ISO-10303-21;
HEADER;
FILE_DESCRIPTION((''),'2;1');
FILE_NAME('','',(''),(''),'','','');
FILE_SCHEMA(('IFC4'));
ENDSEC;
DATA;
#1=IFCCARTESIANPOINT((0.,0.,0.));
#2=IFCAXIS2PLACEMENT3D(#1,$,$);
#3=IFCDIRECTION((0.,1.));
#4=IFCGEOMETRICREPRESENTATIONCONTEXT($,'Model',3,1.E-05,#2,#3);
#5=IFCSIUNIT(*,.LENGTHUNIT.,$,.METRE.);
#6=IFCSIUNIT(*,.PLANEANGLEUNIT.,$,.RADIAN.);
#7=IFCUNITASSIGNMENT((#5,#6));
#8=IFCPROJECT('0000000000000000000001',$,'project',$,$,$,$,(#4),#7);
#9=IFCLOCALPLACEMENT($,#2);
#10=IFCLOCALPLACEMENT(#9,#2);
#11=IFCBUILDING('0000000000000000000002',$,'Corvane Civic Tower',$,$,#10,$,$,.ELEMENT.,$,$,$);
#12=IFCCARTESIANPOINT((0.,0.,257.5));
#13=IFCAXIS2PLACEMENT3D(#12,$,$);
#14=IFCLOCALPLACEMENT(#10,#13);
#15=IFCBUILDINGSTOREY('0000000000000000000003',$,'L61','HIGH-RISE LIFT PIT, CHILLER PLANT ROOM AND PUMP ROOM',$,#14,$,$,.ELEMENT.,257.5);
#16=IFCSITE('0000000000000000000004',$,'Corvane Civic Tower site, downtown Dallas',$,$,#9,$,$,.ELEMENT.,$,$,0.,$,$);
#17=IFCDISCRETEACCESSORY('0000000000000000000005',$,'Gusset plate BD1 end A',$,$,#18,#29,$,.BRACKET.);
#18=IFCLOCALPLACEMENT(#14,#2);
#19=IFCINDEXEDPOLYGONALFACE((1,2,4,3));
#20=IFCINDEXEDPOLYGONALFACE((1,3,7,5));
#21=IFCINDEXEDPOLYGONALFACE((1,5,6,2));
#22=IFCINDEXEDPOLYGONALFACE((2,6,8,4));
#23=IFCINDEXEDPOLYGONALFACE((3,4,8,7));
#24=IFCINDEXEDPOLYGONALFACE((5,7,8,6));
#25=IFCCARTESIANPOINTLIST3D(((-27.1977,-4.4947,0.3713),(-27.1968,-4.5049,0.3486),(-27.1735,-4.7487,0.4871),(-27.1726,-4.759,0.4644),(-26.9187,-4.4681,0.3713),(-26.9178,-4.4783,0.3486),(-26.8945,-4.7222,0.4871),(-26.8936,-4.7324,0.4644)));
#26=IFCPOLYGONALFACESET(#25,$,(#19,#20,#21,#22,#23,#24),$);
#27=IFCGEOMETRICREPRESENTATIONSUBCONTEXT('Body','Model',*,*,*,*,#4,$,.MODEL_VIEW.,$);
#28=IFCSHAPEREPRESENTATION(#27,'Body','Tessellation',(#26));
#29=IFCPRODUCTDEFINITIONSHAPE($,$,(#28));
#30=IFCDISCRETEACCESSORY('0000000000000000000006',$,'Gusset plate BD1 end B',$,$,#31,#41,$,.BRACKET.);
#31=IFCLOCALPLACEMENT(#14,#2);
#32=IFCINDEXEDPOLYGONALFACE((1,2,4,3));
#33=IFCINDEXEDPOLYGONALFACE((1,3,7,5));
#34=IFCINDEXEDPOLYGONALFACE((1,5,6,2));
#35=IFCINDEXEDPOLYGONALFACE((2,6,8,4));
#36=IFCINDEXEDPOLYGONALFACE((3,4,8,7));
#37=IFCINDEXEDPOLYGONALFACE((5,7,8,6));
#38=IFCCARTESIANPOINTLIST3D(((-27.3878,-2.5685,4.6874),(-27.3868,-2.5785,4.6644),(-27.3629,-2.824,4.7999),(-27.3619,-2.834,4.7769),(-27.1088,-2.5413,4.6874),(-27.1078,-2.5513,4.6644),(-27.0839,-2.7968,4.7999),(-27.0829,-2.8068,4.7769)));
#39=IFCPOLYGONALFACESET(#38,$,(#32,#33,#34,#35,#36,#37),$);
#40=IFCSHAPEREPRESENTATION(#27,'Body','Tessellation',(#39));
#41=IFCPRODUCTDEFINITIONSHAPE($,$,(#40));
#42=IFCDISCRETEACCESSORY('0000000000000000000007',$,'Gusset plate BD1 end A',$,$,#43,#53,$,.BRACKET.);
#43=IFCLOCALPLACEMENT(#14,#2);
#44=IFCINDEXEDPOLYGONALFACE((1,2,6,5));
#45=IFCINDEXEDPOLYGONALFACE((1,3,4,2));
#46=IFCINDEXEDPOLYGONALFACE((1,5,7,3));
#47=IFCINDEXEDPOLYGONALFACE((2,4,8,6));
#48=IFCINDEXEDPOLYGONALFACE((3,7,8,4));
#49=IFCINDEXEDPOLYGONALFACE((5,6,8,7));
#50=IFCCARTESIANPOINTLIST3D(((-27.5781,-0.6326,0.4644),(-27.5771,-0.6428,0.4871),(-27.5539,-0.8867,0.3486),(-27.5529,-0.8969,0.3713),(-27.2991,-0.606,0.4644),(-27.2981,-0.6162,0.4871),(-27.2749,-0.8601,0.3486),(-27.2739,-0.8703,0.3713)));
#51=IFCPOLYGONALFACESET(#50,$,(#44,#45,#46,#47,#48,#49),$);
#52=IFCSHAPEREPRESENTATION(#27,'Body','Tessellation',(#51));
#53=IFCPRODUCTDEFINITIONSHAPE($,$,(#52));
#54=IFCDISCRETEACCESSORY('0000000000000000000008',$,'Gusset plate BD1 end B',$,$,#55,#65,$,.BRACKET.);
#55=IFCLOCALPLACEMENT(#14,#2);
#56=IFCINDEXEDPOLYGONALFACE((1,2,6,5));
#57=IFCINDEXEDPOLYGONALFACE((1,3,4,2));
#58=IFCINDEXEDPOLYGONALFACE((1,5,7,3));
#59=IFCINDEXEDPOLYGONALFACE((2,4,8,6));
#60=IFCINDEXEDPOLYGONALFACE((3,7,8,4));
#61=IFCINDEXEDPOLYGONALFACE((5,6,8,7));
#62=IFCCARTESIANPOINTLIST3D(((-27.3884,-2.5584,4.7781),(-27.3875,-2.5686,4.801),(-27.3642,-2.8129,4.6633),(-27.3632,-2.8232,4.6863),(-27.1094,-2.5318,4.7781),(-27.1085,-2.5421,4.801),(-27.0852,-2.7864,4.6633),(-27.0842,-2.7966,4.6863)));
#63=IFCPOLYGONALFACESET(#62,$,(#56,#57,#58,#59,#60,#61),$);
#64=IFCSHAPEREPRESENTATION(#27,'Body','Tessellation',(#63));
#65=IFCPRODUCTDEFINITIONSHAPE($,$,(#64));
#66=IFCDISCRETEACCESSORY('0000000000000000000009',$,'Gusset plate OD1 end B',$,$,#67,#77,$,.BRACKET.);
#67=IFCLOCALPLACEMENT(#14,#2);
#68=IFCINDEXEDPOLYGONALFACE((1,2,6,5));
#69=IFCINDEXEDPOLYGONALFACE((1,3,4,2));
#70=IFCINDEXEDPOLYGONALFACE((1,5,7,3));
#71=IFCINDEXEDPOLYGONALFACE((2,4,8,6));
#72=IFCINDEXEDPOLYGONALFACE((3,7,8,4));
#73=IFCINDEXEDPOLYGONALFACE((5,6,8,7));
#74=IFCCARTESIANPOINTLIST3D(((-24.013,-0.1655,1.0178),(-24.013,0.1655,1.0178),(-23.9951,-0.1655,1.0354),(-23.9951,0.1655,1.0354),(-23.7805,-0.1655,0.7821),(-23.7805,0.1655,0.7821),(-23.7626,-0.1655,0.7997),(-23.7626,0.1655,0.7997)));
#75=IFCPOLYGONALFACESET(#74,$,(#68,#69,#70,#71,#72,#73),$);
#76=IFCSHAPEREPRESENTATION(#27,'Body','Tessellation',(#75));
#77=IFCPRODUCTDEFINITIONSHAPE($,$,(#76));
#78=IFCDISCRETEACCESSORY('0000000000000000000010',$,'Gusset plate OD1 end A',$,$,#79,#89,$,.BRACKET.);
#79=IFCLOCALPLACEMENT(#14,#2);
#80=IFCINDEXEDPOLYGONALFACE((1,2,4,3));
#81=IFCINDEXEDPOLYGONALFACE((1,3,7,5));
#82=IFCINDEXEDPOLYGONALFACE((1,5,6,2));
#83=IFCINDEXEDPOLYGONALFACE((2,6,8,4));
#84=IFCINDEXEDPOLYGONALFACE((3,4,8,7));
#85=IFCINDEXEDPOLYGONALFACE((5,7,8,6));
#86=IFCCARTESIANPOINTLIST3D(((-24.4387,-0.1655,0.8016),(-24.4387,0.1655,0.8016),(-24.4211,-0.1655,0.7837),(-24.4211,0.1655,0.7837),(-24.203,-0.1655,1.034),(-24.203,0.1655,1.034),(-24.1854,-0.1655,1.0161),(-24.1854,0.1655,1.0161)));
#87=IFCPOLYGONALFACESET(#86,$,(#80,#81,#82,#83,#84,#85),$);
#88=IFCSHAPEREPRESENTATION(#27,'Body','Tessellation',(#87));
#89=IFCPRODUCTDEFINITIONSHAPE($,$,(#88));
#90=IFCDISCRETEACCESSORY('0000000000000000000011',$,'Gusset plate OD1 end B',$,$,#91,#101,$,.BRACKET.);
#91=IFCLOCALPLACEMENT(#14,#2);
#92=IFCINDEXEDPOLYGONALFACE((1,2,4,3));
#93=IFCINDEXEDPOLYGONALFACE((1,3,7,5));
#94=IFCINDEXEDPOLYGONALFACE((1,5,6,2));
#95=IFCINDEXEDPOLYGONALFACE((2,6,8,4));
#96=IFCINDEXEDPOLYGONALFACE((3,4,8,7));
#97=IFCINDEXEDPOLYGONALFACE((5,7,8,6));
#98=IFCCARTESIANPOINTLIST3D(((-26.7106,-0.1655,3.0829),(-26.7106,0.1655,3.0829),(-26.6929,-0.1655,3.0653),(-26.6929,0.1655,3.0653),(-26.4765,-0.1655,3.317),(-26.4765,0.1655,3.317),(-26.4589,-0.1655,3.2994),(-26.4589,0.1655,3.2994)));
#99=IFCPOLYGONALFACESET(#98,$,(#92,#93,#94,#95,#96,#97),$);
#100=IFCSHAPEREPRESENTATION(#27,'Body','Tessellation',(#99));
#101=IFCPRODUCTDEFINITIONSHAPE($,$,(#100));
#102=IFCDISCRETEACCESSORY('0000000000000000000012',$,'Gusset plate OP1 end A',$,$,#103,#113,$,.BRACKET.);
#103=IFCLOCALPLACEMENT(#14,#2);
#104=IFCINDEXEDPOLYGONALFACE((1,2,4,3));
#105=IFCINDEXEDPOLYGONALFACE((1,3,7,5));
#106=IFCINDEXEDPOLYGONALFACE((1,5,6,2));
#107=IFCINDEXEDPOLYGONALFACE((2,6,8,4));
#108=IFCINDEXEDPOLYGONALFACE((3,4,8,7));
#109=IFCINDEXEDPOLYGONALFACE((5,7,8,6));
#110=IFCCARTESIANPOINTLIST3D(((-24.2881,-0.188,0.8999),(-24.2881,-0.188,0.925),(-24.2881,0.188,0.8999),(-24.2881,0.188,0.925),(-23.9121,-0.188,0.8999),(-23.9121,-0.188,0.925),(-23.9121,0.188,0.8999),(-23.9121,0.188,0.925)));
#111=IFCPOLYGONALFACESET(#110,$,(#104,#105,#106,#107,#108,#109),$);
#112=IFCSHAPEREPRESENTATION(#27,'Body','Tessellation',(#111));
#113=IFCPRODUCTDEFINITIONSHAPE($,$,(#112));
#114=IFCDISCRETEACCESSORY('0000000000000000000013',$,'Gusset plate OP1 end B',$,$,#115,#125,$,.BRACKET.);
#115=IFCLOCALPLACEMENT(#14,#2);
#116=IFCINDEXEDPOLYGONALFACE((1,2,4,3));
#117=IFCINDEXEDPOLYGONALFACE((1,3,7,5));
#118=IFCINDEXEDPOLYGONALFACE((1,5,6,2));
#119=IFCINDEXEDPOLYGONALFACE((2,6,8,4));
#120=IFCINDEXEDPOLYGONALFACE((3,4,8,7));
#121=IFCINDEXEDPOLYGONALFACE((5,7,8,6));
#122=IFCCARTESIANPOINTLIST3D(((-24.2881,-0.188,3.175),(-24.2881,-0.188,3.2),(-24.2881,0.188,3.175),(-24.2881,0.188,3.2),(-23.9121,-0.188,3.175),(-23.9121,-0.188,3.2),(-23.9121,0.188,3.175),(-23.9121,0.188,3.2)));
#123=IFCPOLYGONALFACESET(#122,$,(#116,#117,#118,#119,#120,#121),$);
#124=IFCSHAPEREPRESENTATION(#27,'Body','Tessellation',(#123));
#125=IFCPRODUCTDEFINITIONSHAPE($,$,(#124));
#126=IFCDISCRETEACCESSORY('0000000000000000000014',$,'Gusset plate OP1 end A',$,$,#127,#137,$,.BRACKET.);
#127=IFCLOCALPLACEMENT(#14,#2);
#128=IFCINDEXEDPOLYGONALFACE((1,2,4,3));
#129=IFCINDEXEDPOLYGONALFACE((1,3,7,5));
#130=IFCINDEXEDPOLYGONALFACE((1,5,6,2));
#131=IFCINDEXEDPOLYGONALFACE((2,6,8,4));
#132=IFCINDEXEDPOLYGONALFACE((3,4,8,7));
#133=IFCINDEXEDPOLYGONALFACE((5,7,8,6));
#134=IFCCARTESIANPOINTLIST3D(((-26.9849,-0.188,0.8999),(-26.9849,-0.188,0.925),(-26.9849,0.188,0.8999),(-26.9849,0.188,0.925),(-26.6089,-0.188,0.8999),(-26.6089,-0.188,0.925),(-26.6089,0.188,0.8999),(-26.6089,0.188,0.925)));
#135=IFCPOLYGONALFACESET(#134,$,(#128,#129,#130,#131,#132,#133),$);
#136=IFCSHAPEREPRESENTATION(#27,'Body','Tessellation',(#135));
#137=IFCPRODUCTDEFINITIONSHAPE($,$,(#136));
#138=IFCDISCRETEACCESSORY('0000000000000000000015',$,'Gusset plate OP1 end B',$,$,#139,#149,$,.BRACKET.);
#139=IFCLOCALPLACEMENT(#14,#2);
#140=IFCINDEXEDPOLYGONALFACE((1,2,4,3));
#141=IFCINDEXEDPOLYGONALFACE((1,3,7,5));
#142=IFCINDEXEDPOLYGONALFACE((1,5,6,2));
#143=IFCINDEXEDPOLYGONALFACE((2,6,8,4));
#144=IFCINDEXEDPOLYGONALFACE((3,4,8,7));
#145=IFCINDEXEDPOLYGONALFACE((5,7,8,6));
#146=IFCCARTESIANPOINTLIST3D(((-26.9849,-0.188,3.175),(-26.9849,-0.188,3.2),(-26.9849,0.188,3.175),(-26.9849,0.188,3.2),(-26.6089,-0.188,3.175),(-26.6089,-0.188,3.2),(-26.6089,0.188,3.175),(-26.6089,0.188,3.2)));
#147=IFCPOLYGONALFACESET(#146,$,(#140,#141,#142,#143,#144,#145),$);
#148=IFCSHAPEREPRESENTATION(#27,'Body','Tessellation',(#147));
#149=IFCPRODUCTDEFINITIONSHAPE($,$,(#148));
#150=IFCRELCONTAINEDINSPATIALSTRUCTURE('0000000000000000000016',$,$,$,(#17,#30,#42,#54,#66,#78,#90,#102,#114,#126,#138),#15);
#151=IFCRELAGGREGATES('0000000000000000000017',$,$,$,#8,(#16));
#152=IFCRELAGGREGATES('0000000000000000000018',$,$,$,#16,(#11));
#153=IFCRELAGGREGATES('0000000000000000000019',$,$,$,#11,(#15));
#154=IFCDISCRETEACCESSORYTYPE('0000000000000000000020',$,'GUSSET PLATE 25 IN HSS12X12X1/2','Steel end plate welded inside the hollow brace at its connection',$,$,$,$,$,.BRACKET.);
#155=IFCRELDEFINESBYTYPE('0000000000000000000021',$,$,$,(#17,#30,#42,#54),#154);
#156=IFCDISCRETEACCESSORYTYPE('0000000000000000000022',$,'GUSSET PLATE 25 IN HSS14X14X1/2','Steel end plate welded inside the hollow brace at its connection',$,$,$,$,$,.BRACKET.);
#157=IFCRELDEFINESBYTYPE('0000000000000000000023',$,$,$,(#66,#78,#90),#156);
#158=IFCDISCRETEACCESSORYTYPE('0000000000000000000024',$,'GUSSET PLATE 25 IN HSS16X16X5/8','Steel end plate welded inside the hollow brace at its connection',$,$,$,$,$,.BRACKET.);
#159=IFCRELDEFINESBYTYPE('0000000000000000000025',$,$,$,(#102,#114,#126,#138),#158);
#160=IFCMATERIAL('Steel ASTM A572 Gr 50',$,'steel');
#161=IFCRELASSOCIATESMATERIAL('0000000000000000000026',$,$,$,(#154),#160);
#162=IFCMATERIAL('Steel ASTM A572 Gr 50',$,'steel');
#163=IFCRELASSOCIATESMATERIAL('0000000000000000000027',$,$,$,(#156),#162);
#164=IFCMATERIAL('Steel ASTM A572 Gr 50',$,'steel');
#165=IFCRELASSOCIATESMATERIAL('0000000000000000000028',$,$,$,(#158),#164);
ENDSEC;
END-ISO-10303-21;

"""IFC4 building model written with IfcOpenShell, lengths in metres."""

from ifc_helpers import new_model, si_unit, direction, frame, origin, origin_2d, place, context, subcontext, project, spatial, rectangle, extrude, material, material_profile, profile_set, type_object, element, save


model = new_model("IFC4")

# Units and contexts
model_context = context("Model", 3, precision=1e-05, world=origin(), true_north=direction((0.0, 1.0)))
body_context = subcontext(model_context, "Body", "Model", "MODEL_VIEW")
ifc_project = project(units=[si_unit("LENGTHUNIT", "METRE"), si_unit("PLANEANGLEUNIT", "RADIAN")], contexts=[model_context])

# Site, building, storey
site_placement = place(None, origin())
site = spatial("IfcSite", under=ifc_project, at=site_placement, Name="Corvane Civic Tower site, downtown Dallas", CompositionType="ELEMENT", RefElevation=0.0)
building_placement = place(site_placement, origin())
building = spatial("IfcBuilding", under=site, at=building_placement, Name="Corvane Civic Tower", CompositionType="ELEMENT")
storey_placement = place(building_placement, frame((0.0, 0.0, 257.5)))
storey = spatial("IfcBuildingStorey", under=building, at=storey_placement, Name="L61", Description="HIGH-RISE LIFT PIT, CHILLER PLANT ROOM AND PUMP ROOM", CompositionType="ELEMENT", Elevation=257.5)

# Discrete accessories
ifc_material_1 = material(Name="Steel ASTM A572 Gr 50", Category="steel")
ifc_material_profile_1 = material_profile(ifc_material_1, rectangle(XDim=0.2803, YDim=0.2803, at=origin_2d()), Name="GUSSET PLATE 25 IN HSS12X12X1/2")
ifc_profile_set_1 = profile_set([ifc_material_profile_1], Name="Steel ASTM A572 Gr 50")
discrete_accessory_type_1 = type_object("IfcDiscreteAccessoryType", Name="GUSSET PLATE 25 IN HSS12X12X1/2", Description="Steel end plate welded inside the hollow brace at its connection", PredefinedType="BRACKET", material=ifc_profile_set_1)
discrete_accessory_1_placement = place(storey_placement, frame((-27.0452, -4.6187, 0.4065), z_axis=(-0.039169, 0.411271, 0.910671), x_axis=(-0.995495, -0.094809, 0.0)))
element("IfcDiscreteAccessory", 1, at=discrete_accessory_1_placement, inside=storey, type_object=discrete_accessory_type_1, Name="Gusset plate BD1 end A", PredefinedType="BRACKET", context=body_context, shape_type="SweptSolid", body=[
    extrude(rectangle(XDim=0.2803, YDim=0.2803, at=origin_2d()), origin(), (0.0, 0.0, 1.0), 0.0249),
])
discrete_accessory_2_placement = place(storey_placement, frame((-27.2358, -2.6826, 4.7437), z_axis=(0.038975, -0.399492, -0.915908), x_axis=(0.995275, 0.0971, 0.0)))
element("IfcDiscreteAccessory", 2, at=discrete_accessory_2_placement, inside=storey, type_object=discrete_accessory_type_1, Name="Gusset plate BD1 end B", PredefinedType="BRACKET", context=body_context, shape_type="SweptSolid", body=[
    extrude(rectangle(XDim=0.2803, YDim=0.2803, at=origin_2d()), origin(), (0.0, 0.0, 1.0), 0.0251),
])
discrete_accessory_3_placement = place(storey_placement, frame((-27.4265, -0.7463, 0.4065), z_axis=(0.039169, -0.411271, 0.910671), x_axis=(0.995495, 0.094809, 0.0)))
element("IfcDiscreteAccessory", 3, at=discrete_accessory_3_placement, inside=storey, type_object=discrete_accessory_type_1, Name="Gusset plate BD1 end A", PredefinedType="BRACKET", context=body_context, shape_type="SweptSolid", body=[
    extrude(rectangle(XDim=0.2803, YDim=0.2803, at=origin_2d()), origin(), (0.0, 0.0, 1.0), 0.0249),
])
discrete_accessory_4_placement = place(storey_placement, frame((-27.2358, -2.6826, 4.7437), z_axis=(-0.038822, 0.407633, -0.91232), x_axis=(-0.995495, -0.094809, 0.0)))
element("IfcDiscreteAccessory", 4, at=discrete_accessory_4_placement, inside=storey, type_object=discrete_accessory_type_1, Name="Gusset plate BD1 end B", PredefinedType="BRACKET", context=body_context, shape_type="SweptSolid", body=[
    extrude(rectangle(XDim=0.2803, YDim=0.2803, at=origin_2d()), origin(), (0.0, 0.0, 1.0), 0.0251),
])
ifc_material_2 = material(Name="Steel ASTM A572 Gr 50", Category="steel")
ifc_material_profile_2 = material_profile(ifc_material_2, rectangle(XDim=0.3311, YDim=0.3311, at=origin_2d()), Name="GUSSET PLATE 25 IN HSS14X14X1/2")
ifc_profile_set_2 = profile_set([ifc_material_profile_2], Name="Steel ASTM A572 Gr 50")
discrete_accessory_type_2 = type_object("IfcDiscreteAccessoryType", Name="GUSSET PLATE 25 IN HSS14X14X1/2", Description="Steel end plate welded inside the hollow brace at its connection", PredefinedType="BRACKET", material=ifc_profile_set_2)
for number, where, z_axis, x_axis, name in (
    (5, (-23.8967, 0.0, 0.8999), (0.711966, 0.0, 0.702213), (0.0, 1.0, 0.0), "Gusset plate OD1 end B"),
    (6, (-24.3032, 0.0, 0.8999), (-0.702213, 0.0, 0.711966), (0.0, -1.0, 0.0), "Gusset plate OD1 end A"),
):
    element("IfcDiscreteAccessory", number, at=place(storey_placement, frame(where, z_axis=z_axis, x_axis=x_axis)), inside=storey, type_object=discrete_accessory_type_2, Name=name, PredefinedType="BRACKET", context=body_context, shape_type="SweptSolid", body=[
        extrude(rectangle(XDim=0.3311, YDim=0.3311, at=origin_2d()), origin(), (0.0, 0.0, 1.0), 0.0251),
    ])
discrete_accessory_5_placement = place(storey_placement, frame((-26.5935, 0.0, 3.2), z_axis=(0.707107, 0.0, -0.707107), x_axis=(0.0, 1.0, 0.0)))
element("IfcDiscreteAccessory", 7, at=discrete_accessory_5_placement, inside=storey, type_object=discrete_accessory_type_2, Name="Gusset plate OD1 end B", PredefinedType="BRACKET", context=body_context, shape_type="SweptSolid", body=[
    extrude(rectangle(XDim=0.3311, YDim=0.3311, at=origin_2d()), origin(), (0.0, 0.0, 1.0), 0.0249),
])
ifc_material_3 = material(Name="Steel ASTM A572 Gr 50", Category="steel")
ifc_material_profile_3 = material_profile(ifc_material_3, rectangle(XDim=0.376, YDim=0.376, at=origin_2d()), Name="GUSSET PLATE 25 IN HSS16X16X5/8")
ifc_profile_set_3 = profile_set([ifc_material_profile_3], Name="Steel ASTM A572 Gr 50")
discrete_accessory_type_3 = type_object("IfcDiscreteAccessoryType", Name="GUSSET PLATE 25 IN HSS16X16X5/8", Description="Steel end plate welded inside the hollow brace at its connection", PredefinedType="BRACKET", material=ifc_profile_set_3)
discrete_accessory_6_placement = place(storey_placement, frame((-24.1001, 0.0, 0.8999), z_axis=(0.0, 0.0, 1.0), x_axis=(1.0, 0.0, 0.0)))
element("IfcDiscreteAccessory", 8, at=discrete_accessory_6_placement, inside=storey, type_object=discrete_accessory_type_3, Name="Gusset plate OP1 end A", PredefinedType="BRACKET", context=body_context, shape_type="SweptSolid", body=[
    extrude(rectangle(XDim=0.376, YDim=0.376, at=origin_2d()), origin(), (0.0, 0.0, 1.0), 0.0251),
])
discrete_accessory_7_placement = place(storey_placement, frame((-24.1001, 0.0, 3.2), z_axis=(0.0, 0.0, -1.0), x_axis=(1.0, 0.0, 0.0)))
element("IfcDiscreteAccessory", 9, at=discrete_accessory_7_placement, inside=storey, type_object=discrete_accessory_type_3, Name="Gusset plate OP1 end B", PredefinedType="BRACKET", context=body_context, shape_type="SweptSolid", body=[
    extrude(rectangle(XDim=0.376, YDim=0.376, at=origin_2d()), origin(), (0.0, 0.0, 1.0), 0.0249),
])
discrete_accessory_8_placement = place(storey_placement, frame((-26.7969, 0.0, 0.8999), z_axis=(0.0, 0.0, 1.0), x_axis=(1.0, 0.0, 0.0)))
element("IfcDiscreteAccessory", 10, at=discrete_accessory_8_placement, inside=storey, type_object=discrete_accessory_type_3, Name="Gusset plate OP1 end A", PredefinedType="BRACKET", context=body_context, shape_type="SweptSolid", body=[
    extrude(rectangle(XDim=0.376, YDim=0.376, at=origin_2d()), origin(), (0.0, 0.0, 1.0), 0.0251),
])
discrete_accessory_9_placement = place(storey_placement, frame((-26.7969, 0.0, 3.2), z_axis=(0.0, 0.0, -1.0), x_axis=(1.0, 0.0, 0.0)))
element("IfcDiscreteAccessory", 11, at=discrete_accessory_9_placement, inside=storey, type_object=discrete_accessory_type_3, Name="Gusset plate OP1 end B", PredefinedType="BRACKET", context=body_context, shape_type="SweptSolid", body=[
    extrude(rectangle(XDim=0.376, YDim=0.376, at=origin_2d()), origin(), (0.0, 0.0, 1.0), 0.0249),
])

save(model, "model.ifc")
